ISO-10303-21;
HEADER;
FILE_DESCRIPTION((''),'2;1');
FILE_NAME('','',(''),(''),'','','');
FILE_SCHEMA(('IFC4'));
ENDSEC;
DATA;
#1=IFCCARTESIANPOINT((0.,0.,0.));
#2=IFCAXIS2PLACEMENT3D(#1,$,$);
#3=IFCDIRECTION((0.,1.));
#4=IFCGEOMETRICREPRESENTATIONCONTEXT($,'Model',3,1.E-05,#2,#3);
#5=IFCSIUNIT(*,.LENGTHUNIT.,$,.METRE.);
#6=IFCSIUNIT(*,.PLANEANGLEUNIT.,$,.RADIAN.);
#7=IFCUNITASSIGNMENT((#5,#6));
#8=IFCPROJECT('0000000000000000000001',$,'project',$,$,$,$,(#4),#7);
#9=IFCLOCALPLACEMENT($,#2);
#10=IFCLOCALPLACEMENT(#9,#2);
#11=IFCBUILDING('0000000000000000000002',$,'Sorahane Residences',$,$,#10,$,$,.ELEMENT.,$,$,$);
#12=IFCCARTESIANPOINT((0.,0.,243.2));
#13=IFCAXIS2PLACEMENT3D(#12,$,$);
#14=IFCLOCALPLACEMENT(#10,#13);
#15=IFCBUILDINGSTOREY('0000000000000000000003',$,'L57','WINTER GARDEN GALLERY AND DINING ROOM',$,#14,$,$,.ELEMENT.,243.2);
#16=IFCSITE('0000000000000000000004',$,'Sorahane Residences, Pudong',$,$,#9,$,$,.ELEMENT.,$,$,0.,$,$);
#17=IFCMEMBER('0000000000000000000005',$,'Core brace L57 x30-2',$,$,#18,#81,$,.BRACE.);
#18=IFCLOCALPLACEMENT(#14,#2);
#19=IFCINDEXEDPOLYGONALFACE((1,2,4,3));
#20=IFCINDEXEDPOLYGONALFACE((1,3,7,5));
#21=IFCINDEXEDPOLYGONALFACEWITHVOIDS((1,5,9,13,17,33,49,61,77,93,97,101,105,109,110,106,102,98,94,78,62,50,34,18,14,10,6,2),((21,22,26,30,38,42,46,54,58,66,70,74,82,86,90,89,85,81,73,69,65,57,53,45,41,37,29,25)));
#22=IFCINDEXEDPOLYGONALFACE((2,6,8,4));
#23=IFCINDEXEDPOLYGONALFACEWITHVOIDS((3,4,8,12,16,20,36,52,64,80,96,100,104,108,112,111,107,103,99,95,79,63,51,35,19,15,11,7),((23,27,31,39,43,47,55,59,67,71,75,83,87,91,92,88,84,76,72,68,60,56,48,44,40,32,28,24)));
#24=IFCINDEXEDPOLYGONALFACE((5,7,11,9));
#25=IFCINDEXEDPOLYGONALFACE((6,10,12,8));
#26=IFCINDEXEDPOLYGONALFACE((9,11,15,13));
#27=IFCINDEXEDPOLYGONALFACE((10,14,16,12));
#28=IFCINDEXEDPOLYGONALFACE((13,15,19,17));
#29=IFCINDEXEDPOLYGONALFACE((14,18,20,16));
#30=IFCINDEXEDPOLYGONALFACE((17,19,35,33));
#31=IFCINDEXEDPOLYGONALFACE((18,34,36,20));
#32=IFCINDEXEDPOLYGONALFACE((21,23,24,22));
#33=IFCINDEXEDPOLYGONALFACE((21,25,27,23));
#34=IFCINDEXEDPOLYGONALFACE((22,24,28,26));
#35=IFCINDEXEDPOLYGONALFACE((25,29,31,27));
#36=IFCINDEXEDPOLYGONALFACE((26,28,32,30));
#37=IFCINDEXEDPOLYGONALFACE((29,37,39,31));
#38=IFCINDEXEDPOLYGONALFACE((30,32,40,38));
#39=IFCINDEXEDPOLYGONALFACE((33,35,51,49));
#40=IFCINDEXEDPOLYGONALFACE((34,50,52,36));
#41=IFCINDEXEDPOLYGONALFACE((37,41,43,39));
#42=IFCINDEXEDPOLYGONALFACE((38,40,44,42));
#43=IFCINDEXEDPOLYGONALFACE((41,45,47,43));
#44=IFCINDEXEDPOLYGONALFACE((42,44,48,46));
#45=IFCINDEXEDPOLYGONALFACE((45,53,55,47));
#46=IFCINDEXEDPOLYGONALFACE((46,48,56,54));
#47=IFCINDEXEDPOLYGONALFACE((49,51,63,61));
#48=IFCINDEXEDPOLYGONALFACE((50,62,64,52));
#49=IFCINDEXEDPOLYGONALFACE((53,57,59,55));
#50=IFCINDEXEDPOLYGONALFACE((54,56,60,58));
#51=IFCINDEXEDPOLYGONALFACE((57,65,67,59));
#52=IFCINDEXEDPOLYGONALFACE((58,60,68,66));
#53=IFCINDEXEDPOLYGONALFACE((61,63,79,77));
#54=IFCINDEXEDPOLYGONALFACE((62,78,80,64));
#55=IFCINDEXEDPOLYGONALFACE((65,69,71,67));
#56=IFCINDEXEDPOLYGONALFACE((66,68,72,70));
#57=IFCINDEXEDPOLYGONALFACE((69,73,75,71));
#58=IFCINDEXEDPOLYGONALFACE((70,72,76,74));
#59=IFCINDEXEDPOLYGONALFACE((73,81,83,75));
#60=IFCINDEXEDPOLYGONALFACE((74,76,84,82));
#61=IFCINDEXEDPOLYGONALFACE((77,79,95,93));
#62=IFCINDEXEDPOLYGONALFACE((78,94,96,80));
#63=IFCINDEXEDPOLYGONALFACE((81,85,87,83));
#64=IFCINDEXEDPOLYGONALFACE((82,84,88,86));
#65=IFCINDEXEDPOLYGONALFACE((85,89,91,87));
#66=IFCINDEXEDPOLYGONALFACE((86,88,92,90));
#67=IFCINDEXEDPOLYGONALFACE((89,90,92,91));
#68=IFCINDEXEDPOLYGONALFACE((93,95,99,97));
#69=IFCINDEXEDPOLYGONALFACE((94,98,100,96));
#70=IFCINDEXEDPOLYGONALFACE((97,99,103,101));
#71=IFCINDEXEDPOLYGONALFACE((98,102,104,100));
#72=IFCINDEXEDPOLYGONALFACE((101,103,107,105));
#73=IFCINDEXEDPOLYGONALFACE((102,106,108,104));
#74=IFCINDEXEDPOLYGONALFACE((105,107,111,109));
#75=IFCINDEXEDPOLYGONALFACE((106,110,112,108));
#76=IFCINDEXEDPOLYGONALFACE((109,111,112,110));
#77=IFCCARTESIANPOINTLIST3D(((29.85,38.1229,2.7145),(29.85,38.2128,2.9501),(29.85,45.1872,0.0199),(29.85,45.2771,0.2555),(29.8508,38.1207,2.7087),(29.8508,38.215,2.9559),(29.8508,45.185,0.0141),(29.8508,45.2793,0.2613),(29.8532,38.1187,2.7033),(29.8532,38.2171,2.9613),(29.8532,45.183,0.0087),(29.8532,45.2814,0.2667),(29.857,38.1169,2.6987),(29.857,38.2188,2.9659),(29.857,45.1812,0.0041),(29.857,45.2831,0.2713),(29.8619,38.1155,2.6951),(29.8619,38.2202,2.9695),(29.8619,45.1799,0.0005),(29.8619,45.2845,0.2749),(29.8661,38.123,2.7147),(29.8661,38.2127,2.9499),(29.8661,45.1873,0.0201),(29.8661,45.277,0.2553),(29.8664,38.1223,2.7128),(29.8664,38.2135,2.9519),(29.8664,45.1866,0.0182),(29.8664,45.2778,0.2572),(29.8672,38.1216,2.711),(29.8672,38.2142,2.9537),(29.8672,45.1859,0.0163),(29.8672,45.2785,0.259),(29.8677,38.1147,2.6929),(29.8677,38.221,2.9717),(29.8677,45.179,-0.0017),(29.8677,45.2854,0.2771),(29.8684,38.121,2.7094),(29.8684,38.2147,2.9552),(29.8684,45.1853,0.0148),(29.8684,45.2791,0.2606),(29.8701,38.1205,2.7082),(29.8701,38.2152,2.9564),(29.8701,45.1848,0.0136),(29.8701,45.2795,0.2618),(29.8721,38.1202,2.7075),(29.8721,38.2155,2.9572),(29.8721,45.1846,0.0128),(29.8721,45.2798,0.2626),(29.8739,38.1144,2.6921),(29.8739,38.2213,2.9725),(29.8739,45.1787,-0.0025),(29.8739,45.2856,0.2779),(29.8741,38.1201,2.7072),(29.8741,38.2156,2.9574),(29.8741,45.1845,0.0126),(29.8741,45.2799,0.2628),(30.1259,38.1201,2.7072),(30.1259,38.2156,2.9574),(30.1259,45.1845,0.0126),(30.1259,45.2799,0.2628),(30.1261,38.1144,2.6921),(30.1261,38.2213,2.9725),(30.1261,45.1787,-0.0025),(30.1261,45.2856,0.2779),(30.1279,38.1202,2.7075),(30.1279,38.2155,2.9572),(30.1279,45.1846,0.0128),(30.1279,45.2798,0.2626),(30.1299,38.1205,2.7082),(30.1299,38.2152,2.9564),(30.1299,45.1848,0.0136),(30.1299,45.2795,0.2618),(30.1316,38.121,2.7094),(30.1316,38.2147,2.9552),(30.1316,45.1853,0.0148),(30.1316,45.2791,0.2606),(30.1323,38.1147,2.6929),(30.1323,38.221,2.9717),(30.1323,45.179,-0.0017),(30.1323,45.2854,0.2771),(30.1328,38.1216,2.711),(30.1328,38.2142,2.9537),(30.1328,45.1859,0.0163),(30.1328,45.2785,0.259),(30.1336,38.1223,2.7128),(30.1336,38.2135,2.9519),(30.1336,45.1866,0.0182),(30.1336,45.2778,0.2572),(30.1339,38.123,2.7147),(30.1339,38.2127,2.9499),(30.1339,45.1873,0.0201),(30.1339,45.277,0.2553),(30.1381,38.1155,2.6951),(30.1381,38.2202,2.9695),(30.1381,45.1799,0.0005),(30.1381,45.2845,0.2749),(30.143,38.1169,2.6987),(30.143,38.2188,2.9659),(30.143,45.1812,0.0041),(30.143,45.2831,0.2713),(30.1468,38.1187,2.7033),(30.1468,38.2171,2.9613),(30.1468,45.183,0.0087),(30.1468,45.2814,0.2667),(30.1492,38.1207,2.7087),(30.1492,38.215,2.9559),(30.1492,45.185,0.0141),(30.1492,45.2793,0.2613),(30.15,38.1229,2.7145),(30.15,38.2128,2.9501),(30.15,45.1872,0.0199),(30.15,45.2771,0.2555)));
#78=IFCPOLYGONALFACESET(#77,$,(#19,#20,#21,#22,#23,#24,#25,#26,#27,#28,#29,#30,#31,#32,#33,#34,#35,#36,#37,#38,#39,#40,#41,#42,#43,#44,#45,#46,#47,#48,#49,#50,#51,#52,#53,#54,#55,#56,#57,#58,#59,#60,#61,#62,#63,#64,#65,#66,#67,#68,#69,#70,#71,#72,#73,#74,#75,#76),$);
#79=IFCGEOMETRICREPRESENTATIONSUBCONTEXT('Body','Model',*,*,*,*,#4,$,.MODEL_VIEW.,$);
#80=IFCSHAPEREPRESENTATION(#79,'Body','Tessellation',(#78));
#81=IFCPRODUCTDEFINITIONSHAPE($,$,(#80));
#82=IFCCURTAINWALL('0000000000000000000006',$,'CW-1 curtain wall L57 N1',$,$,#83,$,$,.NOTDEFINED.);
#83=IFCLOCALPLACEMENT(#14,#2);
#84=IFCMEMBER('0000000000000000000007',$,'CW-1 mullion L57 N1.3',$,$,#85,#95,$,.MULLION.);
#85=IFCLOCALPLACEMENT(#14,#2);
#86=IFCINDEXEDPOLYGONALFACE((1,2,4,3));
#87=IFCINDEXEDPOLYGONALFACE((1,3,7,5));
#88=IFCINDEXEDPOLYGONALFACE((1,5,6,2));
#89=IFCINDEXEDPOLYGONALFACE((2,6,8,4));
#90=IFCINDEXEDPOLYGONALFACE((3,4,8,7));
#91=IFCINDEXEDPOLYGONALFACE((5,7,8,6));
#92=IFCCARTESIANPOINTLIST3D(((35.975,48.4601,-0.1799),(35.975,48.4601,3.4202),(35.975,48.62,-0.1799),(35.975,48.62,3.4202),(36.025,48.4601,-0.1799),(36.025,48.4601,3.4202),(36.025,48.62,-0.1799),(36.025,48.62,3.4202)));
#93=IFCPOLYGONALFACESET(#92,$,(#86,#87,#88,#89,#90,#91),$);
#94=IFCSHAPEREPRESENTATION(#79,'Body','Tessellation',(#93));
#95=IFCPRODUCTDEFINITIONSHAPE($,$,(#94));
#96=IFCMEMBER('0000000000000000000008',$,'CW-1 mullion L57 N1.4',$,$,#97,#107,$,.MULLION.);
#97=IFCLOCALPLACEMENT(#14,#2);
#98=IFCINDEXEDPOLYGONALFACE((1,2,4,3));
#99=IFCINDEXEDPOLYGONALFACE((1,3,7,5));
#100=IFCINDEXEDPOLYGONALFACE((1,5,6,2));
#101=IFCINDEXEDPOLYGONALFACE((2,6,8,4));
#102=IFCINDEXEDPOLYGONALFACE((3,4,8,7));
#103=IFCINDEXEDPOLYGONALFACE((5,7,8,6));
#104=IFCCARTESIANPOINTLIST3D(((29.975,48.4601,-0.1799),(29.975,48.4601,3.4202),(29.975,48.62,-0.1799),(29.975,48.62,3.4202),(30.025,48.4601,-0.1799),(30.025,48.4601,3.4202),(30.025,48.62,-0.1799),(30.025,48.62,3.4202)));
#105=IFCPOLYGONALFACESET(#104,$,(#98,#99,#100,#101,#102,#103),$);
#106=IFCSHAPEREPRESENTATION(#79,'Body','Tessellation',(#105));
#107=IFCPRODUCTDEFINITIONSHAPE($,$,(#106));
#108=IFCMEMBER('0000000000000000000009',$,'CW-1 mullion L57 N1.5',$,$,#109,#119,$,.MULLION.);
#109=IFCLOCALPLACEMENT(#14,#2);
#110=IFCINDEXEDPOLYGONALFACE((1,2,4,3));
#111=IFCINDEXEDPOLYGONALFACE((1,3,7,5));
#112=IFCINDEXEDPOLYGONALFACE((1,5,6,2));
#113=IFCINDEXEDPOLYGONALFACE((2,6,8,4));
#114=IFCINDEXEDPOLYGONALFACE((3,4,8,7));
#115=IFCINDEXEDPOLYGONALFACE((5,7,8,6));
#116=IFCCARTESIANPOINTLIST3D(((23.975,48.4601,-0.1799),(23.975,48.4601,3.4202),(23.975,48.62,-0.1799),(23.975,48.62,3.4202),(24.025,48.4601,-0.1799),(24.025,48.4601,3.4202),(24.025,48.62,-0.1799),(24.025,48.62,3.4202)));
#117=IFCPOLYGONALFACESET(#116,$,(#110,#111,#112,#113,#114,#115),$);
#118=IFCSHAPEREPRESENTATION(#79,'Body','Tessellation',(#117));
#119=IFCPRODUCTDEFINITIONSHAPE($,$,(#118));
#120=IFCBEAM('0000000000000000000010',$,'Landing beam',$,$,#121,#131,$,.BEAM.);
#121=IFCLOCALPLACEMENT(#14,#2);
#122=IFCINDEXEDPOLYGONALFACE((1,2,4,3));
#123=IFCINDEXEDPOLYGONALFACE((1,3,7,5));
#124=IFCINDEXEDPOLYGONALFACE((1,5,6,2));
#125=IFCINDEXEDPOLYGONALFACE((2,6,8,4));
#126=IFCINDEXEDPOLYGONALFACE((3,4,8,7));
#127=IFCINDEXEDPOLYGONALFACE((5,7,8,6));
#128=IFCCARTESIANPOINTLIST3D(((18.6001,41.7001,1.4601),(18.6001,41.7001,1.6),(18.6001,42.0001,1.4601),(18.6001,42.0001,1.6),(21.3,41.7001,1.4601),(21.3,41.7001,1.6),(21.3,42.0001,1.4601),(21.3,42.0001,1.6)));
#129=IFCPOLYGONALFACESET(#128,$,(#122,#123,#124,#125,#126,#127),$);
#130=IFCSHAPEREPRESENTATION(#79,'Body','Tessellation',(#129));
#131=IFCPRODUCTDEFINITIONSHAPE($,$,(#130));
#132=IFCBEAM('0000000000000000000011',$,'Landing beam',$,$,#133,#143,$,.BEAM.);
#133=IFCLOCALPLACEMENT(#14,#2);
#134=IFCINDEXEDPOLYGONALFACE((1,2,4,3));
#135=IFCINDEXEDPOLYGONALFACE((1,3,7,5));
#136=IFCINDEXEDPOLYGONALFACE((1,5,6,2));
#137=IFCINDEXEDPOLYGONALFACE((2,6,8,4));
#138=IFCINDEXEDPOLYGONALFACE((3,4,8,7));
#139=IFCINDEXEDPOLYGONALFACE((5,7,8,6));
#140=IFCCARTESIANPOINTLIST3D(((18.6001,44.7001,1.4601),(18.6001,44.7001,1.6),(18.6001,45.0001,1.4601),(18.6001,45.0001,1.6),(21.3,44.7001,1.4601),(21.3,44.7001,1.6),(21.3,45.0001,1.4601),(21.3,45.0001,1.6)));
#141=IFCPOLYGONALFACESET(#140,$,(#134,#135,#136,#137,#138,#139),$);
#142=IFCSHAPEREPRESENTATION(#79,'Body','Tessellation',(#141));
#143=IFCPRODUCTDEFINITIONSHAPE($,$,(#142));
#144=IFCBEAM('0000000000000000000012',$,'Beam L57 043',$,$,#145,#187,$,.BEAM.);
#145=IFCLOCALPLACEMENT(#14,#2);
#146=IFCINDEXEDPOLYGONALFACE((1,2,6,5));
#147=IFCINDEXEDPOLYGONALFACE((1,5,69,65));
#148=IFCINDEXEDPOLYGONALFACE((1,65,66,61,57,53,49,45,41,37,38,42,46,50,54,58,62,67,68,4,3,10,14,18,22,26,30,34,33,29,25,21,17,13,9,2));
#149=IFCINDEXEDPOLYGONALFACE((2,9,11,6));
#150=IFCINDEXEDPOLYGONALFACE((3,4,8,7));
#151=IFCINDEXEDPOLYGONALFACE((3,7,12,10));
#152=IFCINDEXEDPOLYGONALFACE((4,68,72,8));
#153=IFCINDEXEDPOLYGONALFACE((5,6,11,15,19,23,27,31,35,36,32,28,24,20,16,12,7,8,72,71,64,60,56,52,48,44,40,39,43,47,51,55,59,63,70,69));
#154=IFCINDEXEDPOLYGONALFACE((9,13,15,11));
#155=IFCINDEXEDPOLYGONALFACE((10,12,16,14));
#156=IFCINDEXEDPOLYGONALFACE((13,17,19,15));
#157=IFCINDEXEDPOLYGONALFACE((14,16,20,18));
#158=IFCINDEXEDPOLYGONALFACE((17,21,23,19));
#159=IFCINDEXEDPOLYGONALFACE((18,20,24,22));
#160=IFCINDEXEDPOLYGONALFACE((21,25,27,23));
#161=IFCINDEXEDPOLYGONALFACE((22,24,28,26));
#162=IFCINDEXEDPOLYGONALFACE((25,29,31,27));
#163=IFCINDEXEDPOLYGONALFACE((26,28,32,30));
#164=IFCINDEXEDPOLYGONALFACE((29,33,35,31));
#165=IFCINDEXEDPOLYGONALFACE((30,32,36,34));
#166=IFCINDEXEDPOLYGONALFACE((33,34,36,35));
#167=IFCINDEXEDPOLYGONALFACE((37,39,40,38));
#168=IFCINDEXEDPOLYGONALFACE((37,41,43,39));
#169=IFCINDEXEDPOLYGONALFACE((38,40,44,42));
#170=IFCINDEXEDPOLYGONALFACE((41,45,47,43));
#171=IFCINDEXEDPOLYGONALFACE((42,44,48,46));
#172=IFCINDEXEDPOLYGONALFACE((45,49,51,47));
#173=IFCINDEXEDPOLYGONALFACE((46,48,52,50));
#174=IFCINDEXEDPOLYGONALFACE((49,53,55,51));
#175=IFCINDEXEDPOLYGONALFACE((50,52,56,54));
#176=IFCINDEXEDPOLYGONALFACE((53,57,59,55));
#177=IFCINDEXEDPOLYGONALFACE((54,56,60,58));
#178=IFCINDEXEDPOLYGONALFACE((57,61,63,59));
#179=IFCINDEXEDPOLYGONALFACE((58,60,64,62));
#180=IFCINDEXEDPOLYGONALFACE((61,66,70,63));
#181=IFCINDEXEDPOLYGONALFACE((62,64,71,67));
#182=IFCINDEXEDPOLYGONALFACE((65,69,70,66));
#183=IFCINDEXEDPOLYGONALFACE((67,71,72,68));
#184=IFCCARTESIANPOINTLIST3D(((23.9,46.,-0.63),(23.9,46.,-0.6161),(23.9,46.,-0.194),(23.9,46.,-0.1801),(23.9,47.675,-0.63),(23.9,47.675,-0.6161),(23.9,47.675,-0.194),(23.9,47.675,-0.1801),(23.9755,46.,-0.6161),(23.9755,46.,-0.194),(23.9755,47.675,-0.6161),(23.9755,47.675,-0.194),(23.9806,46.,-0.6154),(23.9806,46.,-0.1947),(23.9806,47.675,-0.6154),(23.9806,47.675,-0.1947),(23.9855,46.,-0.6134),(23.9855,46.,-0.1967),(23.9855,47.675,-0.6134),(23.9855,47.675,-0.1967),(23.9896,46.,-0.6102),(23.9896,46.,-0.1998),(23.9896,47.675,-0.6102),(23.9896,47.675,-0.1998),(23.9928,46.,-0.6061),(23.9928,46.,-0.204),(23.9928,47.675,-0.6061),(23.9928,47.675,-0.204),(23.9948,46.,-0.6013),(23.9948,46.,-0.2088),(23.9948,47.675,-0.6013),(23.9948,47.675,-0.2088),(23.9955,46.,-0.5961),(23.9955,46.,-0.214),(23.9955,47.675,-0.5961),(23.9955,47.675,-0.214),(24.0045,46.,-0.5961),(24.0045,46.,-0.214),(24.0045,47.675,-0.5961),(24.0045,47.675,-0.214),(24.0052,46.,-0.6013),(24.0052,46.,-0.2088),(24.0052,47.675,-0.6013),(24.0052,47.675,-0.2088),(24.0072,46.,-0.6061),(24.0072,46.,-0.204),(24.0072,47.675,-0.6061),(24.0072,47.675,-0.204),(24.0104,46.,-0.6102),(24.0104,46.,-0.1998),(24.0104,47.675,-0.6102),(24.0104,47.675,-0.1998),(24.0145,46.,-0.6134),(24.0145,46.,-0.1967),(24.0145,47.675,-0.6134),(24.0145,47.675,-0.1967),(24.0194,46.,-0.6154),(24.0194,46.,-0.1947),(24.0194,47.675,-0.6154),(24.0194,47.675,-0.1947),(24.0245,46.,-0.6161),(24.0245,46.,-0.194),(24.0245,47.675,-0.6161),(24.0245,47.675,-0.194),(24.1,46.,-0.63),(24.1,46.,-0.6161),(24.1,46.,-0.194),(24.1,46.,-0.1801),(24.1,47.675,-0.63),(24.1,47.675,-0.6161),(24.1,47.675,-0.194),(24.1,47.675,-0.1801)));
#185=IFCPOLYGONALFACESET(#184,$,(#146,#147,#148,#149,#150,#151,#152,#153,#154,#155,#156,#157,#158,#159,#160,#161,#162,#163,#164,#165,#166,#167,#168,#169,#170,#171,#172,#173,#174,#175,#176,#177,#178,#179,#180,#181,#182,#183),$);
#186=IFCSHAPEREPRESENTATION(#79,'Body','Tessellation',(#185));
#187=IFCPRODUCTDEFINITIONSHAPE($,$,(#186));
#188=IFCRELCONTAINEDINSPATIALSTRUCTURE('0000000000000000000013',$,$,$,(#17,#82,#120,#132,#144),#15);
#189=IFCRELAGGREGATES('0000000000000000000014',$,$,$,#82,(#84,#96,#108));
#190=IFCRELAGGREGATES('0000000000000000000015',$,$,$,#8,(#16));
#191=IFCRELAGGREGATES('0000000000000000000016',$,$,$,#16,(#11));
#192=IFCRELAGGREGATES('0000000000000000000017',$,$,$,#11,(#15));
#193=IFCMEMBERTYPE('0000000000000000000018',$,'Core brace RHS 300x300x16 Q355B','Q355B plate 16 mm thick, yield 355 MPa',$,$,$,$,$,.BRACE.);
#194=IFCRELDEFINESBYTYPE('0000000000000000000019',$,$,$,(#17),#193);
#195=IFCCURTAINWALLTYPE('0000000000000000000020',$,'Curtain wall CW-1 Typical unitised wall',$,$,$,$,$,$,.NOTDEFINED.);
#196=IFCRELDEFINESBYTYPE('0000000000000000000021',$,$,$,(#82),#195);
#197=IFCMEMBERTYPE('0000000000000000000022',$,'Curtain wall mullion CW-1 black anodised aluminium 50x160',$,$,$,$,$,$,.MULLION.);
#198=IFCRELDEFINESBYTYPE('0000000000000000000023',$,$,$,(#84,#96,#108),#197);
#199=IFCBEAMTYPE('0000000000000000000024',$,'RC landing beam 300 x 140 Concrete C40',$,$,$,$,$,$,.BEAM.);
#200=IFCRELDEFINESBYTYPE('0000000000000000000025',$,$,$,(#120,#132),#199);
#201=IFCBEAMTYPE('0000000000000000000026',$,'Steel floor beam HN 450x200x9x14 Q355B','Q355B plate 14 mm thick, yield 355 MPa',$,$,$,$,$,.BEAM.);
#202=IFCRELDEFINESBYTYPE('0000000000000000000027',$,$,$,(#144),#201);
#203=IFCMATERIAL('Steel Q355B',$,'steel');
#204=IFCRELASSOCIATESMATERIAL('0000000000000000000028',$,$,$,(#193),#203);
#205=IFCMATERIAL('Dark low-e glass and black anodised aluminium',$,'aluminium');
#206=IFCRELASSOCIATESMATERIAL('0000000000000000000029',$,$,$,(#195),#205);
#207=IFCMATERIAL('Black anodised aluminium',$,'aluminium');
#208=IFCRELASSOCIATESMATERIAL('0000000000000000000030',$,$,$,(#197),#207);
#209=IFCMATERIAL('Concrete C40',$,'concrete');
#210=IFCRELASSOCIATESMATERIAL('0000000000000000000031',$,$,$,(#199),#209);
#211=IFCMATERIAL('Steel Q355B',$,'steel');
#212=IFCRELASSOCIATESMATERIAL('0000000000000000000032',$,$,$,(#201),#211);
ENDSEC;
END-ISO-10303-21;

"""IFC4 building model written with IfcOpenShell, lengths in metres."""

from ifc_helpers import new_model, si_unit, direction, frame, origin, origin_2d, place, context, subcontext, project, spatial, rectangle, hollow_rectangle, i_section, extrude, material, material_profile, profile_set, type_object, element, aggregate, save


model = new_model("IFC4")

# Units and contexts
model_context = context("Model", 3, precision=1e-05, world=origin(), true_north=direction((0.0, 1.0)))
body_context = subcontext(model_context, "Body", "Model", "MODEL_VIEW")
ifc_project = project(units=[si_unit("LENGTHUNIT", "METRE"), si_unit("PLANEANGLEUNIT", "RADIAN")], contexts=[model_context])

# Site, building, storey
site_placement = place(None, origin())
site = spatial("IfcSite", under=ifc_project, at=site_placement, Name="Sorahane Residences, Pudong", CompositionType="ELEMENT", RefElevation=0.0)
building_placement = place(site_placement, origin())
building = spatial("IfcBuilding", under=site, at=building_placement, Name="Sorahane Residences", CompositionType="ELEMENT")
storey_placement = place(building_placement, frame((0.0, 0.0, 243.2)))
storey = spatial("IfcBuildingStorey", under=building, at=storey_placement, Name="L57", Description="WINTER GARDEN GALLERY AND DINING ROOM", CompositionType="ELEMENT", Elevation=243.2)

# Member
ifc_material_1 = material(Name="Steel Q355B", Category="steel")
ifc_material_profile_1 = material_profile(ifc_material_1, hollow_rectangle(XDim=0.3, YDim=0.3, WallThickness=0.0161, InnerFilletRadius=0.0081, OuterFilletRadius=0.0239, at=origin_2d()), Name="RHS 300x300x16")
ifc_profile_set_1 = profile_set([ifc_material_profile_1], Name="Steel Q355B")
member_type_1 = type_object("IfcMemberType", Name="Core brace RHS 300x300x16 Q355B", Description="Q355B plate 16 mm thick, yield 355 MPa", PredefinedType="BRACE", material=ifc_profile_set_1)
member_1_placement = place(storey_placement, frame((30.0, 45.2322, 0.1377), z_axis=(0.0, -0.934336, 0.356394), x_axis=(1.0, 0.0, 0.0)))
element("IfcMember", 1, at=member_1_placement, inside=storey, type_object=member_type_1, Name="Core brace L57 x30-2", PredefinedType="BRACE", context=body_context, shape_type="SweptSolid", body=[
    extrude(hollow_rectangle(XDim=0.3, YDim=0.3, WallThickness=0.0161, InnerFilletRadius=0.0081, OuterFilletRadius=0.0239, at=origin_2d()), origin(), (0.0, 0.0, 1.0), 7.5608),
])

# Curtain wall, members
ifc_material_2 = material(Name="Dark low-e glass and black anodised aluminium", Category="aluminium")
curtain_wall_type = type_object("IfcCurtainWallType", Name="Curtain wall CW-1 Typical unitised wall", PredefinedType="NOTDEFINED", material=ifc_material_2)
curtain_wall_placement = place(storey_placement, origin())
curtain_wall = element("IfcCurtainWall", 2, at=curtain_wall_placement, inside=storey, type_object=curtain_wall_type, Name="CW-1 curtain wall L57 N1", PredefinedType="NOTDEFINED")
ifc_material_3 = material(Name="Black anodised aluminium", Category="aluminium")
ifc_material_profile_2 = material_profile(ifc_material_3, rectangle(XDim=0.1599, YDim=0.05, at=origin_2d()), Name="Curtain wall mullion CW-1 black anodised aluminium 50x160")
ifc_profile_set_2 = profile_set([ifc_material_profile_2], Name="Black anodised aluminium")
member_type_2 = type_object("IfcMemberType", Name="Curtain wall mullion CW-1 black anodised aluminium 50x160", PredefinedType="MULLION", material=ifc_profile_set_2)
member_2_placement = place(storey_placement, frame((36.0, 48.54, -0.1799), z_axis=(0.0, 0.0, 1.0), x_axis=(0.0, 1.0, 0.0)))
member_2 = element("IfcMember", 3, at=member_2_placement, type_object=member_type_2, Name="CW-1 mullion L57 N1.3", PredefinedType="MULLION", context=body_context, shape_type="SweptSolid", body=[
    extrude(rectangle(XDim=0.1599, YDim=0.05, at=origin_2d()), origin(), (0.0, 0.0, 1.0), 3.6001),
])
member_3_placement = place(storey_placement, frame((30.0, 48.54, -0.1799), z_axis=(0.0, 0.0, 1.0), x_axis=(0.0, 1.0, 0.0)))
member_3 = element("IfcMember", 4, at=member_3_placement, type_object=member_type_2, Name="CW-1 mullion L57 N1.4", PredefinedType="MULLION", context=body_context, shape_type="SweptSolid", body=[
    extrude(rectangle(XDim=0.1599, YDim=0.05, at=origin_2d()), origin(), (0.0, 0.0, 1.0), 3.6001),
])
member_4_placement = place(storey_placement, frame((24.0, 48.54, -0.1799), z_axis=(0.0, 0.0, 1.0), x_axis=(0.0, 1.0, 0.0)))
member_4 = element("IfcMember", 5, at=member_4_placement, type_object=member_type_2, Name="CW-1 mullion L57 N1.5", PredefinedType="MULLION", context=body_context, shape_type="SweptSolid", body=[
    extrude(rectangle(XDim=0.1599, YDim=0.05, at=origin_2d()), origin(), (0.0, 0.0, 1.0), 3.6001),
])

# Beams
ifc_material_4 = material(Name="Concrete C40", Category="concrete")
ifc_material_profile_3 = material_profile(ifc_material_4, rectangle(XDim=0.3, YDim=0.1399, at=origin_2d()), Name="300x140")
ifc_profile_set_3 = profile_set([ifc_material_profile_3], Name="Concrete C40")
beam_type_1 = type_object("IfcBeamType", Name="RC landing beam 300 x 140 Concrete C40", PredefinedType="BEAM", material=ifc_profile_set_3)
for number, where, z_axis, x_axis, name in (
    (6, (18.6001, 41.8501, 1.53), (1.0, 0.0, 0.0), (0.0, 1.0, 0.0), "Landing beam"),
    (7, (18.6001, 44.8501, 1.53), (1.0, 0.0, 0.0), (0.0, 1.0, 0.0), "Landing beam"),
):
    element("IfcBeam", number, at=place(storey_placement, frame(where, z_axis=z_axis, x_axis=x_axis)), inside=storey, type_object=beam_type_1, Name=name, PredefinedType="BEAM", context=body_context, shape_type="SweptSolid", body=[
        extrude(rectangle(XDim=0.3, YDim=0.1399, at=origin_2d()), origin(), (0.0, 0.0, 1.0), 2.7),
    ])
ifc_material_5 = material(Name="Steel Q355B", Category="steel")
ifc_material_profile_4 = material_profile(ifc_material_5, i_section(OverallWidth=0.2, OverallDepth=0.45, WebThickness=0.009, FlangeThickness=0.0139, FilletRadius=0.02, at=origin_2d()), Name="HN 450x200x9x14")
ifc_profile_set_4 = profile_set([ifc_material_profile_4], Name="Steel Q355B")
beam_type_2 = type_object("IfcBeamType", Name="Steel floor beam HN 450x200x9x14 Q355B", Description="Q355B plate 14 mm thick, yield 355 MPa", PredefinedType="BEAM", material=ifc_profile_set_4)
beam_1_placement = place(storey_placement, frame((24.0, 46.0, -0.405), z_axis=(0.0, 1.0, 0.0), x_axis=(-1.0, 0.0, 0.0)))
element("IfcBeam", 8, at=beam_1_placement, inside=storey, type_object=beam_type_2, Name="Beam L57 043", PredefinedType="BEAM", context=body_context, shape_type="SweptSolid", body=[
    extrude(i_section(OverallWidth=0.2, OverallDepth=0.45, WebThickness=0.009, FlangeThickness=0.0139, FilletRadius=0.02, at=origin_2d()), origin(), (0.0, 0.0, 1.0), 1.675),
])

aggregate(curtain_wall, [member_2, member_3, member_4])

save(model, "model.ifc")
